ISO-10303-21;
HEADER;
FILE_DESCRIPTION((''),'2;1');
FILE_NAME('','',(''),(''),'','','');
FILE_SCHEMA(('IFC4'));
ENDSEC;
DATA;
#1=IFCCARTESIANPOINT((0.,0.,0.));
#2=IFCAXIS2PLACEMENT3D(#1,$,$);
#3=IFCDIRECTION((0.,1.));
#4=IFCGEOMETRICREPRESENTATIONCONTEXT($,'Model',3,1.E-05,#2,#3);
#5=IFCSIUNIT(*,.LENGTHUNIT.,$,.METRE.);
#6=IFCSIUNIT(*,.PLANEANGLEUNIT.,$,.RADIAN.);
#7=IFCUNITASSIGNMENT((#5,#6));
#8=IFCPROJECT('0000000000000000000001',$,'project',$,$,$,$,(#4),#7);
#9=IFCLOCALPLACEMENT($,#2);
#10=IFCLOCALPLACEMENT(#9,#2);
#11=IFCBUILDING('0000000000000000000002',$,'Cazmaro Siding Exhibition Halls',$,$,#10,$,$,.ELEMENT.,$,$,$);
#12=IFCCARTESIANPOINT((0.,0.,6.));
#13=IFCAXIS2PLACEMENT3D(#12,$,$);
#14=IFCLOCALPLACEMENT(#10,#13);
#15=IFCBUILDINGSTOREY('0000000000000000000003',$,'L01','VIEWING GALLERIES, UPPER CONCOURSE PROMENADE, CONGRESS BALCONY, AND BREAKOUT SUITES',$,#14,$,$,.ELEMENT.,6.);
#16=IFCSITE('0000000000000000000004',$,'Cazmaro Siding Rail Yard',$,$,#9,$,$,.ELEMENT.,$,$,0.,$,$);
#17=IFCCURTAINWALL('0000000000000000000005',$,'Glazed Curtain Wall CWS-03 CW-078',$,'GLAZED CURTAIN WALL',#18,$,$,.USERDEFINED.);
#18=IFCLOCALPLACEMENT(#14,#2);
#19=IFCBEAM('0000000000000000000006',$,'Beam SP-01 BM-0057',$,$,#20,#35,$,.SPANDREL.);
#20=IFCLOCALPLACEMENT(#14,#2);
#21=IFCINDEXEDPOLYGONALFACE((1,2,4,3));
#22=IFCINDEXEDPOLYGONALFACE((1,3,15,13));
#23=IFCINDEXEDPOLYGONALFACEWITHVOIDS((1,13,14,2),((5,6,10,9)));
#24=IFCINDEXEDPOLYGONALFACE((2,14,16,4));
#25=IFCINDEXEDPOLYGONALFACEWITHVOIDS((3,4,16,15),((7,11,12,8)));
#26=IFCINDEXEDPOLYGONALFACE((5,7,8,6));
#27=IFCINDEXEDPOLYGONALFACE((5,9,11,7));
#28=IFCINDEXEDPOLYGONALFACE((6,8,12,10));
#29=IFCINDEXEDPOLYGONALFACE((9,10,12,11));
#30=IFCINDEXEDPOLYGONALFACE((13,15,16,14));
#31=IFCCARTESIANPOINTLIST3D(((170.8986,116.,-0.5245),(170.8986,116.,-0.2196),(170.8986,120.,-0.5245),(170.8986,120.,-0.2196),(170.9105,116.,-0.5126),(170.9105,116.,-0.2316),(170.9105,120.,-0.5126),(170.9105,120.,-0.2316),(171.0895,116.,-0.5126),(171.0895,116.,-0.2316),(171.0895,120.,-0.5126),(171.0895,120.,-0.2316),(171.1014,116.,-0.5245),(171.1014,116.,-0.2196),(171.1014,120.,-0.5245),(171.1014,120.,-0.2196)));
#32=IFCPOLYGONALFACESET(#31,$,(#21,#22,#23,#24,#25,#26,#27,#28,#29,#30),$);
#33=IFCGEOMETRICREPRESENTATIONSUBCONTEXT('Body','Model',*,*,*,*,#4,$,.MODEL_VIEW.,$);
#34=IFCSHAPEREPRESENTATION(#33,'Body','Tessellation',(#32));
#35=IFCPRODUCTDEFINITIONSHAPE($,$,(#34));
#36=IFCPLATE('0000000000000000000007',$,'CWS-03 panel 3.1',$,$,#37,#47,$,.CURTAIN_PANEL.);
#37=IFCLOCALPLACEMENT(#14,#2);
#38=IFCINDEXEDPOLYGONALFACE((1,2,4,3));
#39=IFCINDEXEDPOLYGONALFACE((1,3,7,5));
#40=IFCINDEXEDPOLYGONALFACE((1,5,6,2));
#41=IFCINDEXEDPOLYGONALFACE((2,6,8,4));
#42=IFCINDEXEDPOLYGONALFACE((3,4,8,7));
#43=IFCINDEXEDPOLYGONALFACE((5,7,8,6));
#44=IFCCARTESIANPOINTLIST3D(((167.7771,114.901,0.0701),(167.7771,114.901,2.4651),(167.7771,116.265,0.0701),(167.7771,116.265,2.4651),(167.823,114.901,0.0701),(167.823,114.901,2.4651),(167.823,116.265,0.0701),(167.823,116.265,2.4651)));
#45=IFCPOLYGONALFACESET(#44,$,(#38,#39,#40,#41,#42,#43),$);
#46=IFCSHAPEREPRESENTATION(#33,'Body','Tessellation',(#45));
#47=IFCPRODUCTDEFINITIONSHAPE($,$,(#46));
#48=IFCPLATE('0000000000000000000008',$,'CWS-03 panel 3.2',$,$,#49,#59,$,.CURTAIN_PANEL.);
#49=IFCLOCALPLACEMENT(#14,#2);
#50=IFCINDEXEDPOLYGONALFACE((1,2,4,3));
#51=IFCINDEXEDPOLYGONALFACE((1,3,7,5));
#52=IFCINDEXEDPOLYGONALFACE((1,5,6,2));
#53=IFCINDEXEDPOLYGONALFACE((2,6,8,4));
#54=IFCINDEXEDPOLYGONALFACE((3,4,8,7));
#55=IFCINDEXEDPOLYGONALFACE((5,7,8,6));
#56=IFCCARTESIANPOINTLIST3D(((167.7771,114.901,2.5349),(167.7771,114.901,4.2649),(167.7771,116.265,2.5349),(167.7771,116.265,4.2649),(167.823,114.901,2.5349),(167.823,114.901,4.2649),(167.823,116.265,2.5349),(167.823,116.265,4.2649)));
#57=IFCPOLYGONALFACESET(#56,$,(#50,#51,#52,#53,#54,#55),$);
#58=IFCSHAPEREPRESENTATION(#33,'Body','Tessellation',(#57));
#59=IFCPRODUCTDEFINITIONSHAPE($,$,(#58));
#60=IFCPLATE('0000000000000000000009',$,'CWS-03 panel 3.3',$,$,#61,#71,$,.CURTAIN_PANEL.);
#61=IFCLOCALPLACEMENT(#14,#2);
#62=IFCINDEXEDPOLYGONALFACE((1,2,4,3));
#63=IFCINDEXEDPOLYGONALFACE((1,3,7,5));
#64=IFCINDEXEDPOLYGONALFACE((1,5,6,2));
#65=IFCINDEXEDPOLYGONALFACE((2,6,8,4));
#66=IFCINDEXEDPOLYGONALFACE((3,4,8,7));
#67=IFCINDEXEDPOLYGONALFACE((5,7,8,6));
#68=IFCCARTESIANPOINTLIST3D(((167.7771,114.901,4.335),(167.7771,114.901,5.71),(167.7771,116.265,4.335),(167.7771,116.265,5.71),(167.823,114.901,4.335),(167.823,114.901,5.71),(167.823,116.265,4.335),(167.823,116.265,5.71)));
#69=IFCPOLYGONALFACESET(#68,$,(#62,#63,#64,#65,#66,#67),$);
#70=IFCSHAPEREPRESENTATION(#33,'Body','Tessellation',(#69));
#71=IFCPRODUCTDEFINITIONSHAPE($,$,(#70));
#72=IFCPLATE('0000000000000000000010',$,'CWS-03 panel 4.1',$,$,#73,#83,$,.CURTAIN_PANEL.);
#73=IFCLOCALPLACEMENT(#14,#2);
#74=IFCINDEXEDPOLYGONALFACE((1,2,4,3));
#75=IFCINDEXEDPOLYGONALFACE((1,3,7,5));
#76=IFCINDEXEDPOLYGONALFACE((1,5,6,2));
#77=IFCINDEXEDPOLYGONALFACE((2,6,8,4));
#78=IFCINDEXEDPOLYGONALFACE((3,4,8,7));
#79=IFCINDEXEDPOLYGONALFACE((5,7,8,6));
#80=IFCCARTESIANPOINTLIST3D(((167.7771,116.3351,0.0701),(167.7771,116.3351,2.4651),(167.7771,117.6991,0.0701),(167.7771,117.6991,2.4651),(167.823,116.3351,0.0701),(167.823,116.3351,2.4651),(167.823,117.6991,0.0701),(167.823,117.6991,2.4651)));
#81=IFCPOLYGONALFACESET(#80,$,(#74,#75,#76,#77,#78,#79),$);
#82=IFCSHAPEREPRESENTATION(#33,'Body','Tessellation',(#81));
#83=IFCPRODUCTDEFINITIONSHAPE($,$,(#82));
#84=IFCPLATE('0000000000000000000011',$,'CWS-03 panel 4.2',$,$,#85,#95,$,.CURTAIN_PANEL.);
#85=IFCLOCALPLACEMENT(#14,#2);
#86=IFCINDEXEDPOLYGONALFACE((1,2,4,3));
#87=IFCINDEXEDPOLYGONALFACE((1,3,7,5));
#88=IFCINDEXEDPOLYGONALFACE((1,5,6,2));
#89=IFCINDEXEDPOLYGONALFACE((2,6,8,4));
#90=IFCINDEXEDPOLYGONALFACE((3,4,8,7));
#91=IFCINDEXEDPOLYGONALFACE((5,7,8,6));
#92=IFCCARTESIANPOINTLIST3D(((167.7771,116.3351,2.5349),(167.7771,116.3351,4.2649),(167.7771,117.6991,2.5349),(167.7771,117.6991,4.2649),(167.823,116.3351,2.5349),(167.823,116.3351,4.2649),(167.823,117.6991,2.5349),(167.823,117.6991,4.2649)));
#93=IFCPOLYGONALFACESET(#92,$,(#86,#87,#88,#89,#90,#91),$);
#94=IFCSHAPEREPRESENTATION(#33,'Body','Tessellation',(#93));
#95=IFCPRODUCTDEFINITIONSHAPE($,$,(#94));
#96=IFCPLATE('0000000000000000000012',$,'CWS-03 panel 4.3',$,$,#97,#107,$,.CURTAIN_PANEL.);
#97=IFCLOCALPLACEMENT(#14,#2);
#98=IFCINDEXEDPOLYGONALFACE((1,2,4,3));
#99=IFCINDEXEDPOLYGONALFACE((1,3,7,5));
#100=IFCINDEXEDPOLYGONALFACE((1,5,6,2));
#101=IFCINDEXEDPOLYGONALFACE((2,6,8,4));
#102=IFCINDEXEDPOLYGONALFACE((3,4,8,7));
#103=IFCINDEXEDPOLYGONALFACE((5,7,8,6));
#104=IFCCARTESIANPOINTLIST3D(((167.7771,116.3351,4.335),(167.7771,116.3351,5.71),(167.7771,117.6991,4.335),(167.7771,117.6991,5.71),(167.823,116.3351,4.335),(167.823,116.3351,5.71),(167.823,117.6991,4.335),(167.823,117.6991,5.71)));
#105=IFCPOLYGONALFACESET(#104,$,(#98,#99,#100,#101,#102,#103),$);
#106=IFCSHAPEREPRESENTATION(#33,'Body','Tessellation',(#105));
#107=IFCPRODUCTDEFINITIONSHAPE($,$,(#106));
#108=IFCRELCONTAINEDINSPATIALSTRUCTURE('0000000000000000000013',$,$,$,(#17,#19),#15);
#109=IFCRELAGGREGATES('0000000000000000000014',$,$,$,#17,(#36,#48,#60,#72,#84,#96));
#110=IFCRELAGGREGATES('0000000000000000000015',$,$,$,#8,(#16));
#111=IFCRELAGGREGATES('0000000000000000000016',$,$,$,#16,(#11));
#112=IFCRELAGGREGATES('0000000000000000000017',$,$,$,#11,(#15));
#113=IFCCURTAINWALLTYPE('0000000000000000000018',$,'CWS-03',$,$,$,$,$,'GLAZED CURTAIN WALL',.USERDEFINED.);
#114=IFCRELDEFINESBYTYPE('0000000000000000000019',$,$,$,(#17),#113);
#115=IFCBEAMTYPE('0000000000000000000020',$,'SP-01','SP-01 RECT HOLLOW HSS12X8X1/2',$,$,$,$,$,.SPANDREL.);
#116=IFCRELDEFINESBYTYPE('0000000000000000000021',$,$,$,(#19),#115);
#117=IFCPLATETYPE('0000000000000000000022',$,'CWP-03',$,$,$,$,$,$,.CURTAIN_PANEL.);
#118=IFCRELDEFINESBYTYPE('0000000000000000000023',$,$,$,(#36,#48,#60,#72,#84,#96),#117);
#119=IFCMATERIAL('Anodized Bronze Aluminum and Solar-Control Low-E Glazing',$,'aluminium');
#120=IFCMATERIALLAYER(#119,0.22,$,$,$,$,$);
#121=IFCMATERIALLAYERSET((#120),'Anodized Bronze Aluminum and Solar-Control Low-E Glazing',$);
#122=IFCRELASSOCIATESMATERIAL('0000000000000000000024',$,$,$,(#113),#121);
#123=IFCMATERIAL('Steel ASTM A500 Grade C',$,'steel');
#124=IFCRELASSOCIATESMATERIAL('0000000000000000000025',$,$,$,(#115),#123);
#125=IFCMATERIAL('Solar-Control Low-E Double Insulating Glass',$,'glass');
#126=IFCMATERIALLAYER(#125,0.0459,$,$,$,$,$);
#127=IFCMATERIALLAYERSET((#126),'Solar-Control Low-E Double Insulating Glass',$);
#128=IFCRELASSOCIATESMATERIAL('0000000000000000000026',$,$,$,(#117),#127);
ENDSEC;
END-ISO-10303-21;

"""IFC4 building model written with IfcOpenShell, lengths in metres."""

from ifc_helpers import new_model, si_unit, direction, frame, origin, origin_2d, place, context, subcontext, project, spatial, rectangle, hollow_rectangle, extrude, material, layer, layer_set, material_profile, profile_set, type_object, element, aggregate, save


model = new_model("IFC4")

# Units and contexts
model_context = context("Model", 3, precision=1e-05, world=origin(), true_north=direction((0.0, 1.0)))
body_context = subcontext(model_context, "Body", "Model", "MODEL_VIEW")
ifc_project = project(units=[si_unit("LENGTHUNIT", "METRE"), si_unit("PLANEANGLEUNIT", "RADIAN")], contexts=[model_context])

# Site, building, storey
site_placement = place(None, origin())
site = spatial("IfcSite", under=ifc_project, at=site_placement, Name="Cazmaro Siding Rail Yard", CompositionType="ELEMENT", RefElevation=0.0)
building_placement = place(site_placement, origin())
building = spatial("IfcBuilding", under=site, at=building_placement, Name="Cazmaro Siding Exhibition Halls", CompositionType="ELEMENT")
storey_placement = place(building_placement, frame((0.0, 0.0, 6.0)))
storey = spatial("IfcBuildingStorey", under=building, at=storey_placement, Name="L01", Description="VIEWING GALLERIES, UPPER CONCOURSE PROMENADE, CONGRESS BALCONY, AND BREAKOUT SUITES", CompositionType="ELEMENT", Elevation=6.0)

# Curtain wall
ifc_material_1 = material(Name="Anodized Bronze Aluminum and Solar-Control Low-E Glazing", Category="aluminium")
ifc_layer_1 = layer(ifc_material_1, 0.22)
ifc_layer_set_1 = layer_set([ifc_layer_1], Name="Anodized Bronze Aluminum and Solar-Control Low-E Glazing")
curtain_wall_type = type_object("IfcCurtainWallType", Name="CWS-03", ElementType="GLAZED CURTAIN WALL", PredefinedType="USERDEFINED", material=ifc_layer_set_1)
curtain_wall_placement = place(storey_placement, origin())
curtain_wall = element("IfcCurtainWall", 1, at=curtain_wall_placement, inside=storey, type_object=curtain_wall_type, Name="Glazed Curtain Wall CWS-03 CW-078", ObjectType="GLAZED CURTAIN WALL", PredefinedType="USERDEFINED")

# Beam
ifc_material_2 = material(Name="Steel ASTM A500 Grade C", Category="steel")
ifc_material_profile_1 = material_profile(ifc_material_2, hollow_rectangle(XDim=0.2029, YDim=0.3049, WallThickness=0.012, at=origin_2d()), Name="HSS12X8X1/2")
ifc_profile_set_1 = profile_set([ifc_material_profile_1], Name="Steel ASTM A500 Grade C")
beam_type = type_object("IfcBeamType", Name="SP-01", Description="SP-01 RECT HOLLOW HSS12X8X1/2", PredefinedType="SPANDREL", material=ifc_profile_set_1)
beam_placement = place(storey_placement, frame((171.0, 116.0, -0.3721), z_axis=(0.0, 1.0, 0.0), x_axis=(-1.0, 0.0, 0.0)))
element("IfcBeam", 2, at=beam_placement, inside=storey, type_object=beam_type, Name="Beam SP-01 BM-0057", PredefinedType="SPANDREL", context=body_context, shape_type="SweptSolid", body=[
    extrude(hollow_rectangle(XDim=0.2029, YDim=0.3049, WallThickness=0.012, at=origin_2d()), origin(), (0.0, 0.0, 1.0), 4.0),
])

# Plates
ifc_material_3 = material(Name="Solar-Control Low-E Double Insulating Glass", Category="glass")
ifc_layer_2 = layer(ifc_material_3, 0.0459)
ifc_layer_set_2 = layer_set([ifc_layer_2], Name="Solar-Control Low-E Double Insulating Glass")
plate_type = type_object("IfcPlateType", Name="CWP-03", PredefinedType="CURTAIN_PANEL", material=ifc_layer_set_2)
plate_1_placement = place(storey_placement, frame((167.8, 115.583, 0.0701), z_axis=(0.0, 0.0, 1.0), x_axis=(0.0, 1.0, 0.0)))
plate_1 = element("IfcPlate", 3, at=plate_1_placement, type_object=plate_type, Name="CWS-03 panel 3.1", PredefinedType="CURTAIN_PANEL", context=body_context, shape_type="SweptSolid", body=[
    extrude(rectangle(XDim=1.364, YDim=0.0459, at=origin_2d()), origin(), (0.0, 0.0, 1.0), 2.395),
])
plate_2_placement = place(storey_placement, frame((167.8, 115.583, 2.5349), z_axis=(0.0, 0.0, 1.0), x_axis=(0.0, 1.0, 0.0)))
plate_2 = element("IfcPlate", 4, at=plate_2_placement, type_object=plate_type, Name="CWS-03 panel 3.2", PredefinedType="CURTAIN_PANEL", context=body_context, shape_type="SweptSolid", body=[
    extrude(rectangle(XDim=1.364, YDim=0.0459, at=origin_2d()), origin(), (0.0, 0.0, 1.0), 1.73),
])
plate_3_placement = place(storey_placement, frame((167.8, 115.583, 4.335), z_axis=(0.0, 0.0, 1.0), x_axis=(0.0, 1.0, 0.0)))
plate_3 = element("IfcPlate", 5, at=plate_3_placement, type_object=plate_type, Name="CWS-03 panel 3.3", PredefinedType="CURTAIN_PANEL", context=body_context, shape_type="SweptSolid", body=[
    extrude(rectangle(XDim=1.364, YDim=0.0459, at=origin_2d()), origin(), (0.0, 0.0, 1.0), 1.375),
])
plate_4_placement = place(storey_placement, frame((167.8, 117.0171, 0.0701), z_axis=(0.0, 0.0, 1.0), x_axis=(0.0, 1.0, 0.0)))
plate_4 = element("IfcPlate", 6, at=plate_4_placement, type_object=plate_type, Name="CWS-03 panel 4.1", PredefinedType="CURTAIN_PANEL", context=body_context, shape_type="SweptSolid", body=[
    extrude(rectangle(XDim=1.364, YDim=0.0459, at=origin_2d()), origin(), (0.0, 0.0, 1.0), 2.395),
])
plate_5_placement = place(storey_placement, frame((167.8, 117.0171, 2.5349), z_axis=(0.0, 0.0, 1.0), x_axis=(0.0, 1.0, 0.0)))
plate_5 = element("IfcPlate", 7, at=plate_5_placement, type_object=plate_type, Name="CWS-03 panel 4.2", PredefinedType="CURTAIN_PANEL", context=body_context, shape_type="SweptSolid", body=[
    extrude(rectangle(XDim=1.364, YDim=0.0459, at=origin_2d()), origin(), (0.0, 0.0, 1.0), 1.73),
])
plate_6_placement = place(storey_placement, frame((167.8, 117.0171, 4.335), z_axis=(0.0, 0.0, 1.0), x_axis=(0.0, 1.0, 0.0)))
plate_6 = element("IfcPlate", 8, at=plate_6_placement, type_object=plate_type, Name="CWS-03 panel 4.3", PredefinedType="CURTAIN_PANEL", context=body_context, shape_type="SweptSolid", body=[
    extrude(rectangle(XDim=1.364, YDim=0.0459, at=origin_2d()), origin(), (0.0, 0.0, 1.0), 1.375),
])
aggregate(curtain_wall, [plate_1, plate_2, plate_3, plate_4, plate_5, plate_6])

save(model, "model.ifc")
